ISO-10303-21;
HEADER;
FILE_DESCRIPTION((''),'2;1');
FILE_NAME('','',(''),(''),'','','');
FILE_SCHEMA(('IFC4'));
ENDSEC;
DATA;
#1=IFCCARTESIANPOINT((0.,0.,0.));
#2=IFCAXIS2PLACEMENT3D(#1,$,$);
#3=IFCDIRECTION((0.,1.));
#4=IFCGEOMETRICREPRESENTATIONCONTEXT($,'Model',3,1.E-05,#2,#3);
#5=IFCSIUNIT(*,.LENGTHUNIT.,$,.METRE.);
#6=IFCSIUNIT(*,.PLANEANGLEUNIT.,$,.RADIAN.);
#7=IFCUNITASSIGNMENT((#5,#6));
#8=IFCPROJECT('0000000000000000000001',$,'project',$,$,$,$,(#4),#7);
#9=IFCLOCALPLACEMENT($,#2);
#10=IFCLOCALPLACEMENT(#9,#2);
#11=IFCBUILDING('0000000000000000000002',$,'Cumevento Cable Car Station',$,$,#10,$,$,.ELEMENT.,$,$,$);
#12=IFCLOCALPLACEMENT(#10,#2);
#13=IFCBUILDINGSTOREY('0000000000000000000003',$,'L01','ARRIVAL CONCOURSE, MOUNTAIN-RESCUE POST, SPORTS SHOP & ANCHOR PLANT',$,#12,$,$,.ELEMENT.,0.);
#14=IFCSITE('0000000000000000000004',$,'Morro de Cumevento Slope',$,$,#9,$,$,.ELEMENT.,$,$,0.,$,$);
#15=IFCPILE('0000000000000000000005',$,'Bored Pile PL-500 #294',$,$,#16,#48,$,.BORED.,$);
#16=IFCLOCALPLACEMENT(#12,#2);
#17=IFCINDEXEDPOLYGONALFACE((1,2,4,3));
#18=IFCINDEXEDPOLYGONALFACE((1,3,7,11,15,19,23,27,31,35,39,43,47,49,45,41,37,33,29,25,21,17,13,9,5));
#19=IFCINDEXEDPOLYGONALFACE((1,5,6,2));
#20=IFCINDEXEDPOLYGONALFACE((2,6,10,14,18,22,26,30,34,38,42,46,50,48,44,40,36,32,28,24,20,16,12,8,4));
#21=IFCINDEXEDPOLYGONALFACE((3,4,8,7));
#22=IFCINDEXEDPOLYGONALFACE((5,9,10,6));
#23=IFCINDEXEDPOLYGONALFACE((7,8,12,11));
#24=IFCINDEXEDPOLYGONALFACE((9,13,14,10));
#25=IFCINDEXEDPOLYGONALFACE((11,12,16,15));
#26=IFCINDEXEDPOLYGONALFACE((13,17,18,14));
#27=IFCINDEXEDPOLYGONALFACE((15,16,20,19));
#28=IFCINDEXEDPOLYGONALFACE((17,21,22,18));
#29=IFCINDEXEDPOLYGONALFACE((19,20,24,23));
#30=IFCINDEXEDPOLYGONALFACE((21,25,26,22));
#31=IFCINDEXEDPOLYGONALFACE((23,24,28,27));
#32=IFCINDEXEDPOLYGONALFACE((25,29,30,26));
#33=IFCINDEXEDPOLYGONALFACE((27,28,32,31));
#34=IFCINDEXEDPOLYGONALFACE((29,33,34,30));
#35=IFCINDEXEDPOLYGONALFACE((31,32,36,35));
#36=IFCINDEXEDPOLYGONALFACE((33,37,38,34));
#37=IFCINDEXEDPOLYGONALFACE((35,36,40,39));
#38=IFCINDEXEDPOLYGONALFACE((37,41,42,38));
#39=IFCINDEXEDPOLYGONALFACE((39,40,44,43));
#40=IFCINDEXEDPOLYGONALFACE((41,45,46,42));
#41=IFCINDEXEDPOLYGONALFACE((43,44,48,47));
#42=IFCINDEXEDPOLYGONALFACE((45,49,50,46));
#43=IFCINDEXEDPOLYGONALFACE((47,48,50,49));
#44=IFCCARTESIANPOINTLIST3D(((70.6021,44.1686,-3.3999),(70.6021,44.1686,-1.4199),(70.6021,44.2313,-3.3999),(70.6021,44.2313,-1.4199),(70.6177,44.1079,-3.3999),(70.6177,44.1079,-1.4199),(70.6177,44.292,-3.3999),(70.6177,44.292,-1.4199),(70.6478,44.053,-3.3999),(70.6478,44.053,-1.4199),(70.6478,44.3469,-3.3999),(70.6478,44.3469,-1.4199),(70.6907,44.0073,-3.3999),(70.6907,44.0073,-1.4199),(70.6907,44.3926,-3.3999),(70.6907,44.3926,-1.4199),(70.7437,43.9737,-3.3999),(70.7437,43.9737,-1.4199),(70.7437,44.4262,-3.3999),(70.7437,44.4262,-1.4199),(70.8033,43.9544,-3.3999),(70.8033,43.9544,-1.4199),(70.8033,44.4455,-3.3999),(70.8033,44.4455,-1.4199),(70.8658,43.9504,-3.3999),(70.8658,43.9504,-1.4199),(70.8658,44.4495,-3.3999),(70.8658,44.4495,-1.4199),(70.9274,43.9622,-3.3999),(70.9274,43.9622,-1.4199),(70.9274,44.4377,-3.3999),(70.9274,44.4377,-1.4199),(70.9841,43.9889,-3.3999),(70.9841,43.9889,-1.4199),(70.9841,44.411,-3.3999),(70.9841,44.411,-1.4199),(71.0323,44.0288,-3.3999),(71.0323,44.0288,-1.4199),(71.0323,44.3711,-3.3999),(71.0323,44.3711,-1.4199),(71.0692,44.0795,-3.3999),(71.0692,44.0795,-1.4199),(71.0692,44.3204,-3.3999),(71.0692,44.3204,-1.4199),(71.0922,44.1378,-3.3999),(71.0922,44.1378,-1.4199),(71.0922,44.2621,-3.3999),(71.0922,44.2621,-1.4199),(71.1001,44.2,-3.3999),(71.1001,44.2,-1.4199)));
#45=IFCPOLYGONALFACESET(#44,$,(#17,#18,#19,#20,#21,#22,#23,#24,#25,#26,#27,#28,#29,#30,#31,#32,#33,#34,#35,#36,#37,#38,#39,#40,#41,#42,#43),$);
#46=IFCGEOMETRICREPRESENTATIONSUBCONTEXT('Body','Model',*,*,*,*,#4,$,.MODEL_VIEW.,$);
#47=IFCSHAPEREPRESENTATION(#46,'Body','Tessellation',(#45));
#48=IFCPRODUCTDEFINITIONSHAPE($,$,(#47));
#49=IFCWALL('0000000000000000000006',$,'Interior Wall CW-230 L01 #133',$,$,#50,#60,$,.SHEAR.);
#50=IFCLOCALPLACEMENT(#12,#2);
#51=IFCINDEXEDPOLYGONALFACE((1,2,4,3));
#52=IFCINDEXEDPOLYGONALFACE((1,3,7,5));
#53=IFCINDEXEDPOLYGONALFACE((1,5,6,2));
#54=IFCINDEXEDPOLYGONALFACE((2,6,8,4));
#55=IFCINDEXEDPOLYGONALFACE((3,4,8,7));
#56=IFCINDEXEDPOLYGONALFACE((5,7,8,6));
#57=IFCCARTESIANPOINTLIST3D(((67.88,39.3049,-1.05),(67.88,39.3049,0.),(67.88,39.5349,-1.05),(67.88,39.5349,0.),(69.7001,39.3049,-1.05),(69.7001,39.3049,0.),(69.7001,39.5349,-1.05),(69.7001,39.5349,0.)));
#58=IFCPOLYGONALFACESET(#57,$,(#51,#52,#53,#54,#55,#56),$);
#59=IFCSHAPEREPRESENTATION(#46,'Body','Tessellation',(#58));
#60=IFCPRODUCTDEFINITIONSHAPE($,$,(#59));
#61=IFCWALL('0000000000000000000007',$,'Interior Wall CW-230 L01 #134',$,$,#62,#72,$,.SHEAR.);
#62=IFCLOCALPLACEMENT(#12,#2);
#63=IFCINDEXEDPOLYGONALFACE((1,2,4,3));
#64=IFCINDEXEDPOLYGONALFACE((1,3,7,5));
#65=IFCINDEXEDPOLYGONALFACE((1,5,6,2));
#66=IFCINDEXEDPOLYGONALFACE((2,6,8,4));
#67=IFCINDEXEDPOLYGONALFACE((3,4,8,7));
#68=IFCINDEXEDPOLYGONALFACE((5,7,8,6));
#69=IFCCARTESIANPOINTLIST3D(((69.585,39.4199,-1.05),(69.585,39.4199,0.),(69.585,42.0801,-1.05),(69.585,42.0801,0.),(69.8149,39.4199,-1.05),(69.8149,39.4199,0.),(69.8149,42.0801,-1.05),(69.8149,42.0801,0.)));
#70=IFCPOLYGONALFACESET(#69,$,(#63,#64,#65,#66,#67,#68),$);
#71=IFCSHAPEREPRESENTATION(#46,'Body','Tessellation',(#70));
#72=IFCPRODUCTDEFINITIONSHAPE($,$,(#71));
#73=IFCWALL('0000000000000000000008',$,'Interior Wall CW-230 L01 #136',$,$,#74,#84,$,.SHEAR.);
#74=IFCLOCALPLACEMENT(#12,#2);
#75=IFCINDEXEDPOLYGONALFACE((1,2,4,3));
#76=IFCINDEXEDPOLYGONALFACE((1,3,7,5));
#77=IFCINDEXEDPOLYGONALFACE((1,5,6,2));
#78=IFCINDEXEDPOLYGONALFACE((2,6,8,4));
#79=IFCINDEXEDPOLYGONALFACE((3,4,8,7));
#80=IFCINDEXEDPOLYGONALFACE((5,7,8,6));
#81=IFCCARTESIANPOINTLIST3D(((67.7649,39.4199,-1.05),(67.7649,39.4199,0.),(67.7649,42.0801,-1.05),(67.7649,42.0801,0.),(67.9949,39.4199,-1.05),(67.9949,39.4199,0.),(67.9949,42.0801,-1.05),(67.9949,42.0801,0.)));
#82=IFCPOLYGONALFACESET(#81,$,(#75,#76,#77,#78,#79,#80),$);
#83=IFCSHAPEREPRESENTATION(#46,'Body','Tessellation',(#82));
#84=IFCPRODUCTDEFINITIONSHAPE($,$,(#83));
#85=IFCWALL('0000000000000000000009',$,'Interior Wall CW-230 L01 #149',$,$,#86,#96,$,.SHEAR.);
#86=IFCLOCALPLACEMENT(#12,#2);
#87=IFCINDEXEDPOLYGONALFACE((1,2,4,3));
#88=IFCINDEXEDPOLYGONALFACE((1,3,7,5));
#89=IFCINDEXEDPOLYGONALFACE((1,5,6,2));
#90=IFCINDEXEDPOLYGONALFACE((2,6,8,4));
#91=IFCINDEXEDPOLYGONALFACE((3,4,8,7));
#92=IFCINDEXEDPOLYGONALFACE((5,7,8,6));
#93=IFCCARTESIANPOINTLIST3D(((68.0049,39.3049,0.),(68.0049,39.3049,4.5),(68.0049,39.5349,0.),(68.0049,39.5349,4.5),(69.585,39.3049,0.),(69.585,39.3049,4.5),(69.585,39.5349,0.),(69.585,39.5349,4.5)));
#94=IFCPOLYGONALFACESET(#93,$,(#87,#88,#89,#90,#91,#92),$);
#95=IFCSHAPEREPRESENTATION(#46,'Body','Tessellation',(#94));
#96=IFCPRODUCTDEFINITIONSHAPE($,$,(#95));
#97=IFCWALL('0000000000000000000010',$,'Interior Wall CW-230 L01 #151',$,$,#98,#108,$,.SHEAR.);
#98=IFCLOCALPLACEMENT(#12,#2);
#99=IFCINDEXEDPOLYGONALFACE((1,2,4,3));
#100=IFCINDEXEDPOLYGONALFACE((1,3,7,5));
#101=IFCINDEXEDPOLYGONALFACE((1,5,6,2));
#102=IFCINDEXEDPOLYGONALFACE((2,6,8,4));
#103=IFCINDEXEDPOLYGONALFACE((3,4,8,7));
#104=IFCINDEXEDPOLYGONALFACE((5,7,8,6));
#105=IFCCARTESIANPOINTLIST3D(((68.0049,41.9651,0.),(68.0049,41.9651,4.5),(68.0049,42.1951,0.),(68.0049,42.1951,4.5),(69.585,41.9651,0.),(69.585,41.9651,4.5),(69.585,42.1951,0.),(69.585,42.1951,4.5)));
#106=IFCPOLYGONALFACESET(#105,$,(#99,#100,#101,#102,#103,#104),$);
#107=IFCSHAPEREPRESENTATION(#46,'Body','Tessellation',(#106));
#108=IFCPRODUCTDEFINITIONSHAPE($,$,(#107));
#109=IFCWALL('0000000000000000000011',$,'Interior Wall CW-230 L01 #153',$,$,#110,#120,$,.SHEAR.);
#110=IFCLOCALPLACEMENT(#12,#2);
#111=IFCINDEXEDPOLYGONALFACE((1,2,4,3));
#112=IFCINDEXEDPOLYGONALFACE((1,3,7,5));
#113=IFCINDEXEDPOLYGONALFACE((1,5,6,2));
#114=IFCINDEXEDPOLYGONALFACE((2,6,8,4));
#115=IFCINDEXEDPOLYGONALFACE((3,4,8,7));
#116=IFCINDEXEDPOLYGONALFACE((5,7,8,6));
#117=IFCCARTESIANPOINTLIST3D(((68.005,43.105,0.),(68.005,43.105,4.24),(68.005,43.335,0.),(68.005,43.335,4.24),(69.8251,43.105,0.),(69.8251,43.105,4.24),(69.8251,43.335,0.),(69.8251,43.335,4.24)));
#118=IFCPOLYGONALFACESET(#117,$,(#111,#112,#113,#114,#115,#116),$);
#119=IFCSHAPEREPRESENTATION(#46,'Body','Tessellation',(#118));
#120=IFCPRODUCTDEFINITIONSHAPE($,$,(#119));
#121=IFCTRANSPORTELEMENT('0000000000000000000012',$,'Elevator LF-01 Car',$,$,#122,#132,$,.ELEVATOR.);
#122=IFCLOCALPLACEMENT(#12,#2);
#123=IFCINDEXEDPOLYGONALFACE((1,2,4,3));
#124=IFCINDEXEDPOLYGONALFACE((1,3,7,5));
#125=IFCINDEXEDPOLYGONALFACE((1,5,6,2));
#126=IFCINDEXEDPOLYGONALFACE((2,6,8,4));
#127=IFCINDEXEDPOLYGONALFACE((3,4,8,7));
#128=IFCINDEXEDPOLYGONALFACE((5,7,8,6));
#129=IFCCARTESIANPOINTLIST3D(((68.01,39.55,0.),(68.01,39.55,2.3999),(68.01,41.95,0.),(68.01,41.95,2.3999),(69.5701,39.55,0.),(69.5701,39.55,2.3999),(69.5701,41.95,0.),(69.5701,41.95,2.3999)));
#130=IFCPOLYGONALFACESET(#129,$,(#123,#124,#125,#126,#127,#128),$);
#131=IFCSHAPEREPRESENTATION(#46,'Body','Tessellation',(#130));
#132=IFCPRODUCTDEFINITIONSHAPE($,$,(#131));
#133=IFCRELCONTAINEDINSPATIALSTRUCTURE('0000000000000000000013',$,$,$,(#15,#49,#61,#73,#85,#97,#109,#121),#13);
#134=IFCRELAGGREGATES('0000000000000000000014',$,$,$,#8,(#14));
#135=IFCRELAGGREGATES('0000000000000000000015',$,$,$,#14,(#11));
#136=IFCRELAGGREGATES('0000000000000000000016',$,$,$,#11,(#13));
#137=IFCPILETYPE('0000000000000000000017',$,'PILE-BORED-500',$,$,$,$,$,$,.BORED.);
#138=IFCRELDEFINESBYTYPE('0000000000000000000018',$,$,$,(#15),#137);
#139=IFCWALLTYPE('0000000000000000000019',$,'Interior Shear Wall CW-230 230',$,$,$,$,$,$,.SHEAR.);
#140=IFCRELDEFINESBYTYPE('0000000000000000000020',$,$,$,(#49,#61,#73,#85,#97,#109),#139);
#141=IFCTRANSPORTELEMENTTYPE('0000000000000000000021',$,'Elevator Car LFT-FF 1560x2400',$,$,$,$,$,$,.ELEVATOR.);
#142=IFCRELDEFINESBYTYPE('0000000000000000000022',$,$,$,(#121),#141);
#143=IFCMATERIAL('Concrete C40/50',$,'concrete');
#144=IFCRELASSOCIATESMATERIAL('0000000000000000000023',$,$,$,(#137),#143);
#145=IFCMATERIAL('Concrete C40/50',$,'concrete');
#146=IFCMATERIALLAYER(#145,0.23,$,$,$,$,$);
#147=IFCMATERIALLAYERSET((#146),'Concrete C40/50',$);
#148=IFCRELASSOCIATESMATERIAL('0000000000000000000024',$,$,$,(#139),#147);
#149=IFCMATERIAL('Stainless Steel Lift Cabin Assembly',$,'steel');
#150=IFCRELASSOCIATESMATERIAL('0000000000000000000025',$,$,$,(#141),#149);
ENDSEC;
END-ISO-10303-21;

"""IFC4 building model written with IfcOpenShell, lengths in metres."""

from ifc_helpers import new_model, si_unit, direction, frame, frame_2d, origin, origin_2d, place, context, subcontext, project, spatial, rectangle, circle, extrude, material, layer, layer_set, material_profile, profile_set, type_object, element, save


model = new_model("IFC4")

# Units and contexts
model_context = context("Model", 3, precision=1e-05, world=origin(), true_north=direction((0.0, 1.0)))
body_context = subcontext(model_context, "Body", "Model", "MODEL_VIEW")
ifc_project = project(units=[si_unit("LENGTHUNIT", "METRE"), si_unit("PLANEANGLEUNIT", "RADIAN")], contexts=[model_context])

# Site, building, storey
site_placement = place(None, origin())
site = spatial("IfcSite", under=ifc_project, at=site_placement, Name="Morro de Cumevento Slope", CompositionType="ELEMENT", RefElevation=0.0)
building_placement = place(site_placement, origin())
building = spatial("IfcBuilding", under=site, at=building_placement, Name="Cumevento Cable Car Station", CompositionType="ELEMENT")
storey_placement = place(building_placement, origin())
storey = spatial("IfcBuildingStorey", under=building, at=storey_placement, Name="L01", Description="ARRIVAL CONCOURSE, MOUNTAIN-RESCUE POST, SPORTS SHOP & ANCHOR PLANT", CompositionType="ELEMENT", Elevation=0.0)

# Pile
ifc_material_1 = material(Name="Concrete C40/50", Category="concrete")
ifc_material_profile_1 = material_profile(ifc_material_1, circle(Radius=0.25, at=origin_2d()), Name="PILE-D500")
ifc_profile_set_1 = profile_set([ifc_material_profile_1], Name="Concrete C40/50")
pile_type_1 = type_object("IfcPileType", Name="PILE-BORED-500", PredefinedType="BORED", material=ifc_profile_set_1)
for number, where, z_axis, x_axis, name in (
    (1, (70.8501, 44.2, -1.4199), (0.0, 0.0, -1.0), (1.0, 0.0, 0.0), "Bored Pile PL-500 #294"),
):
    element("IfcPile", number, at=place(storey_placement, frame(where, z_axis=z_axis, x_axis=x_axis)), inside=storey, type_object=pile_type_1, Name=name, PredefinedType="BORED", context=body_context, shape_type="SweptSolid", body=[
        extrude(circle(Radius=0.25, at=origin_2d()), origin(), (0.0, 0.0, 1.0), 1.98),
    ])

# Walls
ifc_material_2 = material(Name="Concrete C40/50", Category="concrete")
ifc_layer_1 = layer(ifc_material_2, 0.23)
ifc_layer_set_1 = layer_set([ifc_layer_1], Name="Concrete C40/50")
wall_type_1 = type_object("IfcWallType", Name="Interior Shear Wall CW-230 230", PredefinedType="SHEAR", material=ifc_layer_set_1)
wall_1_placement = place(storey_placement, frame((67.8799, 39.4199, -1.05), z_axis=(0.0, 0.0, 1.0), x_axis=(1.0, 0.0, 0.0)))
element("IfcWall", 2, at=wall_1_placement, inside=storey, type_object=wall_type_1, Name="Interior Wall CW-230 L01 #133", PredefinedType="SHEAR", context=body_context, shape_type="SweptSolid", body=[
    extrude(rectangle(XDim=1.8201, YDim=0.23, at=frame_2d((0.9102, 0.0))), origin(), (0.0, 0.0, 1.0), 1.05),
])
wall_2_placement = place(storey_placement, frame((69.7, 39.4199, -1.05), z_axis=(0.0, 0.0, 1.0), x_axis=(0.0, 1.0, 0.0)))
element("IfcWall", 3, at=wall_2_placement, inside=storey, type_object=wall_type_1, Name="Interior Wall CW-230 L01 #134", PredefinedType="SHEAR", context=body_context, shape_type="SweptSolid", body=[
    extrude(rectangle(XDim=2.6602, YDim=0.23, at=frame_2d((1.3301, 0.0))), origin(), (0.0, 0.0, 1.0), 1.05),
])
wall_3_placement = place(storey_placement, frame((67.8799, 42.0801, -1.05), z_axis=(0.0, 0.0, 1.0), x_axis=(0.0, -1.0, 0.0)))
element("IfcWall", 4, at=wall_3_placement, inside=storey, type_object=wall_type_1, Name="Interior Wall CW-230 L01 #136", PredefinedType="SHEAR", context=body_context, shape_type="SweptSolid", body=[
    extrude(rectangle(XDim=2.6602, YDim=0.23, at=frame_2d((1.3301, 0.0))), origin(), (0.0, 0.0, 1.0), 1.05),
])
for number, where, z_axis, x_axis, name in (
    (5, (68.0049, 39.4199, 0.0), (0.0, 0.0, 1.0), (1.0, 0.0, 0.0), "Interior Wall CW-230 L01 #149"),
    (6, (68.0049, 42.0801, 0.0), (0.0, 0.0, 1.0), (1.0, 0.0, 0.0), "Interior Wall CW-230 L01 #151"),
):
    element("IfcWall", number, at=place(storey_placement, frame(where, z_axis=z_axis, x_axis=x_axis)), inside=storey, type_object=wall_type_1, Name=name, PredefinedType="SHEAR", context=body_context, shape_type="SweptSolid", body=[
        extrude(rectangle(XDim=1.5801, YDim=0.23, at=frame_2d((0.79, 0.0))), origin(), (0.0, 0.0, 1.0), 4.5),
    ])
wall_4_placement = place(storey_placement, frame((68.0049, 43.22, 0.0), z_axis=(0.0, 0.0, 1.0), x_axis=(1.0, 0.0, 0.0)))
element("IfcWall", 7, at=wall_4_placement, inside=storey, type_object=wall_type_1, Name="Interior Wall CW-230 L01 #153", PredefinedType="SHEAR", context=body_context, shape_type="SweptSolid", body=[
    extrude(rectangle(XDim=1.8201, YDim=0.23, at=frame_2d((0.9102, 0.0))), origin(), (0.0, 0.0, 1.0), 4.24),
])

# Transport element
ifc_material_3 = material(Name="Stainless Steel Lift Cabin Assembly", Category="steel")
transport_element_type = type_object("IfcTransportElementType", Name="Elevator Car LFT-FF 1560x2400", PredefinedType="ELEVATOR", material=ifc_material_3)
transport_element_placement = place(storey_placement, frame((68.79, 40.75, 0.0), z_axis=(0.0, 0.0, 1.0), x_axis=(1.0, 0.0, 0.0)))
element("IfcTransportElement", 8, at=transport_element_placement, inside=storey, type_object=transport_element_type, Name="Elevator LF-01 Car", PredefinedType="ELEVATOR", context=body_context, shape_type="SweptSolid", body=[
    extrude(rectangle(XDim=1.5601, YDim=2.3999, at=origin_2d()), origin(), (0.0, 0.0, 1.0), 2.3999),
])

save(model, "model.ifc")
